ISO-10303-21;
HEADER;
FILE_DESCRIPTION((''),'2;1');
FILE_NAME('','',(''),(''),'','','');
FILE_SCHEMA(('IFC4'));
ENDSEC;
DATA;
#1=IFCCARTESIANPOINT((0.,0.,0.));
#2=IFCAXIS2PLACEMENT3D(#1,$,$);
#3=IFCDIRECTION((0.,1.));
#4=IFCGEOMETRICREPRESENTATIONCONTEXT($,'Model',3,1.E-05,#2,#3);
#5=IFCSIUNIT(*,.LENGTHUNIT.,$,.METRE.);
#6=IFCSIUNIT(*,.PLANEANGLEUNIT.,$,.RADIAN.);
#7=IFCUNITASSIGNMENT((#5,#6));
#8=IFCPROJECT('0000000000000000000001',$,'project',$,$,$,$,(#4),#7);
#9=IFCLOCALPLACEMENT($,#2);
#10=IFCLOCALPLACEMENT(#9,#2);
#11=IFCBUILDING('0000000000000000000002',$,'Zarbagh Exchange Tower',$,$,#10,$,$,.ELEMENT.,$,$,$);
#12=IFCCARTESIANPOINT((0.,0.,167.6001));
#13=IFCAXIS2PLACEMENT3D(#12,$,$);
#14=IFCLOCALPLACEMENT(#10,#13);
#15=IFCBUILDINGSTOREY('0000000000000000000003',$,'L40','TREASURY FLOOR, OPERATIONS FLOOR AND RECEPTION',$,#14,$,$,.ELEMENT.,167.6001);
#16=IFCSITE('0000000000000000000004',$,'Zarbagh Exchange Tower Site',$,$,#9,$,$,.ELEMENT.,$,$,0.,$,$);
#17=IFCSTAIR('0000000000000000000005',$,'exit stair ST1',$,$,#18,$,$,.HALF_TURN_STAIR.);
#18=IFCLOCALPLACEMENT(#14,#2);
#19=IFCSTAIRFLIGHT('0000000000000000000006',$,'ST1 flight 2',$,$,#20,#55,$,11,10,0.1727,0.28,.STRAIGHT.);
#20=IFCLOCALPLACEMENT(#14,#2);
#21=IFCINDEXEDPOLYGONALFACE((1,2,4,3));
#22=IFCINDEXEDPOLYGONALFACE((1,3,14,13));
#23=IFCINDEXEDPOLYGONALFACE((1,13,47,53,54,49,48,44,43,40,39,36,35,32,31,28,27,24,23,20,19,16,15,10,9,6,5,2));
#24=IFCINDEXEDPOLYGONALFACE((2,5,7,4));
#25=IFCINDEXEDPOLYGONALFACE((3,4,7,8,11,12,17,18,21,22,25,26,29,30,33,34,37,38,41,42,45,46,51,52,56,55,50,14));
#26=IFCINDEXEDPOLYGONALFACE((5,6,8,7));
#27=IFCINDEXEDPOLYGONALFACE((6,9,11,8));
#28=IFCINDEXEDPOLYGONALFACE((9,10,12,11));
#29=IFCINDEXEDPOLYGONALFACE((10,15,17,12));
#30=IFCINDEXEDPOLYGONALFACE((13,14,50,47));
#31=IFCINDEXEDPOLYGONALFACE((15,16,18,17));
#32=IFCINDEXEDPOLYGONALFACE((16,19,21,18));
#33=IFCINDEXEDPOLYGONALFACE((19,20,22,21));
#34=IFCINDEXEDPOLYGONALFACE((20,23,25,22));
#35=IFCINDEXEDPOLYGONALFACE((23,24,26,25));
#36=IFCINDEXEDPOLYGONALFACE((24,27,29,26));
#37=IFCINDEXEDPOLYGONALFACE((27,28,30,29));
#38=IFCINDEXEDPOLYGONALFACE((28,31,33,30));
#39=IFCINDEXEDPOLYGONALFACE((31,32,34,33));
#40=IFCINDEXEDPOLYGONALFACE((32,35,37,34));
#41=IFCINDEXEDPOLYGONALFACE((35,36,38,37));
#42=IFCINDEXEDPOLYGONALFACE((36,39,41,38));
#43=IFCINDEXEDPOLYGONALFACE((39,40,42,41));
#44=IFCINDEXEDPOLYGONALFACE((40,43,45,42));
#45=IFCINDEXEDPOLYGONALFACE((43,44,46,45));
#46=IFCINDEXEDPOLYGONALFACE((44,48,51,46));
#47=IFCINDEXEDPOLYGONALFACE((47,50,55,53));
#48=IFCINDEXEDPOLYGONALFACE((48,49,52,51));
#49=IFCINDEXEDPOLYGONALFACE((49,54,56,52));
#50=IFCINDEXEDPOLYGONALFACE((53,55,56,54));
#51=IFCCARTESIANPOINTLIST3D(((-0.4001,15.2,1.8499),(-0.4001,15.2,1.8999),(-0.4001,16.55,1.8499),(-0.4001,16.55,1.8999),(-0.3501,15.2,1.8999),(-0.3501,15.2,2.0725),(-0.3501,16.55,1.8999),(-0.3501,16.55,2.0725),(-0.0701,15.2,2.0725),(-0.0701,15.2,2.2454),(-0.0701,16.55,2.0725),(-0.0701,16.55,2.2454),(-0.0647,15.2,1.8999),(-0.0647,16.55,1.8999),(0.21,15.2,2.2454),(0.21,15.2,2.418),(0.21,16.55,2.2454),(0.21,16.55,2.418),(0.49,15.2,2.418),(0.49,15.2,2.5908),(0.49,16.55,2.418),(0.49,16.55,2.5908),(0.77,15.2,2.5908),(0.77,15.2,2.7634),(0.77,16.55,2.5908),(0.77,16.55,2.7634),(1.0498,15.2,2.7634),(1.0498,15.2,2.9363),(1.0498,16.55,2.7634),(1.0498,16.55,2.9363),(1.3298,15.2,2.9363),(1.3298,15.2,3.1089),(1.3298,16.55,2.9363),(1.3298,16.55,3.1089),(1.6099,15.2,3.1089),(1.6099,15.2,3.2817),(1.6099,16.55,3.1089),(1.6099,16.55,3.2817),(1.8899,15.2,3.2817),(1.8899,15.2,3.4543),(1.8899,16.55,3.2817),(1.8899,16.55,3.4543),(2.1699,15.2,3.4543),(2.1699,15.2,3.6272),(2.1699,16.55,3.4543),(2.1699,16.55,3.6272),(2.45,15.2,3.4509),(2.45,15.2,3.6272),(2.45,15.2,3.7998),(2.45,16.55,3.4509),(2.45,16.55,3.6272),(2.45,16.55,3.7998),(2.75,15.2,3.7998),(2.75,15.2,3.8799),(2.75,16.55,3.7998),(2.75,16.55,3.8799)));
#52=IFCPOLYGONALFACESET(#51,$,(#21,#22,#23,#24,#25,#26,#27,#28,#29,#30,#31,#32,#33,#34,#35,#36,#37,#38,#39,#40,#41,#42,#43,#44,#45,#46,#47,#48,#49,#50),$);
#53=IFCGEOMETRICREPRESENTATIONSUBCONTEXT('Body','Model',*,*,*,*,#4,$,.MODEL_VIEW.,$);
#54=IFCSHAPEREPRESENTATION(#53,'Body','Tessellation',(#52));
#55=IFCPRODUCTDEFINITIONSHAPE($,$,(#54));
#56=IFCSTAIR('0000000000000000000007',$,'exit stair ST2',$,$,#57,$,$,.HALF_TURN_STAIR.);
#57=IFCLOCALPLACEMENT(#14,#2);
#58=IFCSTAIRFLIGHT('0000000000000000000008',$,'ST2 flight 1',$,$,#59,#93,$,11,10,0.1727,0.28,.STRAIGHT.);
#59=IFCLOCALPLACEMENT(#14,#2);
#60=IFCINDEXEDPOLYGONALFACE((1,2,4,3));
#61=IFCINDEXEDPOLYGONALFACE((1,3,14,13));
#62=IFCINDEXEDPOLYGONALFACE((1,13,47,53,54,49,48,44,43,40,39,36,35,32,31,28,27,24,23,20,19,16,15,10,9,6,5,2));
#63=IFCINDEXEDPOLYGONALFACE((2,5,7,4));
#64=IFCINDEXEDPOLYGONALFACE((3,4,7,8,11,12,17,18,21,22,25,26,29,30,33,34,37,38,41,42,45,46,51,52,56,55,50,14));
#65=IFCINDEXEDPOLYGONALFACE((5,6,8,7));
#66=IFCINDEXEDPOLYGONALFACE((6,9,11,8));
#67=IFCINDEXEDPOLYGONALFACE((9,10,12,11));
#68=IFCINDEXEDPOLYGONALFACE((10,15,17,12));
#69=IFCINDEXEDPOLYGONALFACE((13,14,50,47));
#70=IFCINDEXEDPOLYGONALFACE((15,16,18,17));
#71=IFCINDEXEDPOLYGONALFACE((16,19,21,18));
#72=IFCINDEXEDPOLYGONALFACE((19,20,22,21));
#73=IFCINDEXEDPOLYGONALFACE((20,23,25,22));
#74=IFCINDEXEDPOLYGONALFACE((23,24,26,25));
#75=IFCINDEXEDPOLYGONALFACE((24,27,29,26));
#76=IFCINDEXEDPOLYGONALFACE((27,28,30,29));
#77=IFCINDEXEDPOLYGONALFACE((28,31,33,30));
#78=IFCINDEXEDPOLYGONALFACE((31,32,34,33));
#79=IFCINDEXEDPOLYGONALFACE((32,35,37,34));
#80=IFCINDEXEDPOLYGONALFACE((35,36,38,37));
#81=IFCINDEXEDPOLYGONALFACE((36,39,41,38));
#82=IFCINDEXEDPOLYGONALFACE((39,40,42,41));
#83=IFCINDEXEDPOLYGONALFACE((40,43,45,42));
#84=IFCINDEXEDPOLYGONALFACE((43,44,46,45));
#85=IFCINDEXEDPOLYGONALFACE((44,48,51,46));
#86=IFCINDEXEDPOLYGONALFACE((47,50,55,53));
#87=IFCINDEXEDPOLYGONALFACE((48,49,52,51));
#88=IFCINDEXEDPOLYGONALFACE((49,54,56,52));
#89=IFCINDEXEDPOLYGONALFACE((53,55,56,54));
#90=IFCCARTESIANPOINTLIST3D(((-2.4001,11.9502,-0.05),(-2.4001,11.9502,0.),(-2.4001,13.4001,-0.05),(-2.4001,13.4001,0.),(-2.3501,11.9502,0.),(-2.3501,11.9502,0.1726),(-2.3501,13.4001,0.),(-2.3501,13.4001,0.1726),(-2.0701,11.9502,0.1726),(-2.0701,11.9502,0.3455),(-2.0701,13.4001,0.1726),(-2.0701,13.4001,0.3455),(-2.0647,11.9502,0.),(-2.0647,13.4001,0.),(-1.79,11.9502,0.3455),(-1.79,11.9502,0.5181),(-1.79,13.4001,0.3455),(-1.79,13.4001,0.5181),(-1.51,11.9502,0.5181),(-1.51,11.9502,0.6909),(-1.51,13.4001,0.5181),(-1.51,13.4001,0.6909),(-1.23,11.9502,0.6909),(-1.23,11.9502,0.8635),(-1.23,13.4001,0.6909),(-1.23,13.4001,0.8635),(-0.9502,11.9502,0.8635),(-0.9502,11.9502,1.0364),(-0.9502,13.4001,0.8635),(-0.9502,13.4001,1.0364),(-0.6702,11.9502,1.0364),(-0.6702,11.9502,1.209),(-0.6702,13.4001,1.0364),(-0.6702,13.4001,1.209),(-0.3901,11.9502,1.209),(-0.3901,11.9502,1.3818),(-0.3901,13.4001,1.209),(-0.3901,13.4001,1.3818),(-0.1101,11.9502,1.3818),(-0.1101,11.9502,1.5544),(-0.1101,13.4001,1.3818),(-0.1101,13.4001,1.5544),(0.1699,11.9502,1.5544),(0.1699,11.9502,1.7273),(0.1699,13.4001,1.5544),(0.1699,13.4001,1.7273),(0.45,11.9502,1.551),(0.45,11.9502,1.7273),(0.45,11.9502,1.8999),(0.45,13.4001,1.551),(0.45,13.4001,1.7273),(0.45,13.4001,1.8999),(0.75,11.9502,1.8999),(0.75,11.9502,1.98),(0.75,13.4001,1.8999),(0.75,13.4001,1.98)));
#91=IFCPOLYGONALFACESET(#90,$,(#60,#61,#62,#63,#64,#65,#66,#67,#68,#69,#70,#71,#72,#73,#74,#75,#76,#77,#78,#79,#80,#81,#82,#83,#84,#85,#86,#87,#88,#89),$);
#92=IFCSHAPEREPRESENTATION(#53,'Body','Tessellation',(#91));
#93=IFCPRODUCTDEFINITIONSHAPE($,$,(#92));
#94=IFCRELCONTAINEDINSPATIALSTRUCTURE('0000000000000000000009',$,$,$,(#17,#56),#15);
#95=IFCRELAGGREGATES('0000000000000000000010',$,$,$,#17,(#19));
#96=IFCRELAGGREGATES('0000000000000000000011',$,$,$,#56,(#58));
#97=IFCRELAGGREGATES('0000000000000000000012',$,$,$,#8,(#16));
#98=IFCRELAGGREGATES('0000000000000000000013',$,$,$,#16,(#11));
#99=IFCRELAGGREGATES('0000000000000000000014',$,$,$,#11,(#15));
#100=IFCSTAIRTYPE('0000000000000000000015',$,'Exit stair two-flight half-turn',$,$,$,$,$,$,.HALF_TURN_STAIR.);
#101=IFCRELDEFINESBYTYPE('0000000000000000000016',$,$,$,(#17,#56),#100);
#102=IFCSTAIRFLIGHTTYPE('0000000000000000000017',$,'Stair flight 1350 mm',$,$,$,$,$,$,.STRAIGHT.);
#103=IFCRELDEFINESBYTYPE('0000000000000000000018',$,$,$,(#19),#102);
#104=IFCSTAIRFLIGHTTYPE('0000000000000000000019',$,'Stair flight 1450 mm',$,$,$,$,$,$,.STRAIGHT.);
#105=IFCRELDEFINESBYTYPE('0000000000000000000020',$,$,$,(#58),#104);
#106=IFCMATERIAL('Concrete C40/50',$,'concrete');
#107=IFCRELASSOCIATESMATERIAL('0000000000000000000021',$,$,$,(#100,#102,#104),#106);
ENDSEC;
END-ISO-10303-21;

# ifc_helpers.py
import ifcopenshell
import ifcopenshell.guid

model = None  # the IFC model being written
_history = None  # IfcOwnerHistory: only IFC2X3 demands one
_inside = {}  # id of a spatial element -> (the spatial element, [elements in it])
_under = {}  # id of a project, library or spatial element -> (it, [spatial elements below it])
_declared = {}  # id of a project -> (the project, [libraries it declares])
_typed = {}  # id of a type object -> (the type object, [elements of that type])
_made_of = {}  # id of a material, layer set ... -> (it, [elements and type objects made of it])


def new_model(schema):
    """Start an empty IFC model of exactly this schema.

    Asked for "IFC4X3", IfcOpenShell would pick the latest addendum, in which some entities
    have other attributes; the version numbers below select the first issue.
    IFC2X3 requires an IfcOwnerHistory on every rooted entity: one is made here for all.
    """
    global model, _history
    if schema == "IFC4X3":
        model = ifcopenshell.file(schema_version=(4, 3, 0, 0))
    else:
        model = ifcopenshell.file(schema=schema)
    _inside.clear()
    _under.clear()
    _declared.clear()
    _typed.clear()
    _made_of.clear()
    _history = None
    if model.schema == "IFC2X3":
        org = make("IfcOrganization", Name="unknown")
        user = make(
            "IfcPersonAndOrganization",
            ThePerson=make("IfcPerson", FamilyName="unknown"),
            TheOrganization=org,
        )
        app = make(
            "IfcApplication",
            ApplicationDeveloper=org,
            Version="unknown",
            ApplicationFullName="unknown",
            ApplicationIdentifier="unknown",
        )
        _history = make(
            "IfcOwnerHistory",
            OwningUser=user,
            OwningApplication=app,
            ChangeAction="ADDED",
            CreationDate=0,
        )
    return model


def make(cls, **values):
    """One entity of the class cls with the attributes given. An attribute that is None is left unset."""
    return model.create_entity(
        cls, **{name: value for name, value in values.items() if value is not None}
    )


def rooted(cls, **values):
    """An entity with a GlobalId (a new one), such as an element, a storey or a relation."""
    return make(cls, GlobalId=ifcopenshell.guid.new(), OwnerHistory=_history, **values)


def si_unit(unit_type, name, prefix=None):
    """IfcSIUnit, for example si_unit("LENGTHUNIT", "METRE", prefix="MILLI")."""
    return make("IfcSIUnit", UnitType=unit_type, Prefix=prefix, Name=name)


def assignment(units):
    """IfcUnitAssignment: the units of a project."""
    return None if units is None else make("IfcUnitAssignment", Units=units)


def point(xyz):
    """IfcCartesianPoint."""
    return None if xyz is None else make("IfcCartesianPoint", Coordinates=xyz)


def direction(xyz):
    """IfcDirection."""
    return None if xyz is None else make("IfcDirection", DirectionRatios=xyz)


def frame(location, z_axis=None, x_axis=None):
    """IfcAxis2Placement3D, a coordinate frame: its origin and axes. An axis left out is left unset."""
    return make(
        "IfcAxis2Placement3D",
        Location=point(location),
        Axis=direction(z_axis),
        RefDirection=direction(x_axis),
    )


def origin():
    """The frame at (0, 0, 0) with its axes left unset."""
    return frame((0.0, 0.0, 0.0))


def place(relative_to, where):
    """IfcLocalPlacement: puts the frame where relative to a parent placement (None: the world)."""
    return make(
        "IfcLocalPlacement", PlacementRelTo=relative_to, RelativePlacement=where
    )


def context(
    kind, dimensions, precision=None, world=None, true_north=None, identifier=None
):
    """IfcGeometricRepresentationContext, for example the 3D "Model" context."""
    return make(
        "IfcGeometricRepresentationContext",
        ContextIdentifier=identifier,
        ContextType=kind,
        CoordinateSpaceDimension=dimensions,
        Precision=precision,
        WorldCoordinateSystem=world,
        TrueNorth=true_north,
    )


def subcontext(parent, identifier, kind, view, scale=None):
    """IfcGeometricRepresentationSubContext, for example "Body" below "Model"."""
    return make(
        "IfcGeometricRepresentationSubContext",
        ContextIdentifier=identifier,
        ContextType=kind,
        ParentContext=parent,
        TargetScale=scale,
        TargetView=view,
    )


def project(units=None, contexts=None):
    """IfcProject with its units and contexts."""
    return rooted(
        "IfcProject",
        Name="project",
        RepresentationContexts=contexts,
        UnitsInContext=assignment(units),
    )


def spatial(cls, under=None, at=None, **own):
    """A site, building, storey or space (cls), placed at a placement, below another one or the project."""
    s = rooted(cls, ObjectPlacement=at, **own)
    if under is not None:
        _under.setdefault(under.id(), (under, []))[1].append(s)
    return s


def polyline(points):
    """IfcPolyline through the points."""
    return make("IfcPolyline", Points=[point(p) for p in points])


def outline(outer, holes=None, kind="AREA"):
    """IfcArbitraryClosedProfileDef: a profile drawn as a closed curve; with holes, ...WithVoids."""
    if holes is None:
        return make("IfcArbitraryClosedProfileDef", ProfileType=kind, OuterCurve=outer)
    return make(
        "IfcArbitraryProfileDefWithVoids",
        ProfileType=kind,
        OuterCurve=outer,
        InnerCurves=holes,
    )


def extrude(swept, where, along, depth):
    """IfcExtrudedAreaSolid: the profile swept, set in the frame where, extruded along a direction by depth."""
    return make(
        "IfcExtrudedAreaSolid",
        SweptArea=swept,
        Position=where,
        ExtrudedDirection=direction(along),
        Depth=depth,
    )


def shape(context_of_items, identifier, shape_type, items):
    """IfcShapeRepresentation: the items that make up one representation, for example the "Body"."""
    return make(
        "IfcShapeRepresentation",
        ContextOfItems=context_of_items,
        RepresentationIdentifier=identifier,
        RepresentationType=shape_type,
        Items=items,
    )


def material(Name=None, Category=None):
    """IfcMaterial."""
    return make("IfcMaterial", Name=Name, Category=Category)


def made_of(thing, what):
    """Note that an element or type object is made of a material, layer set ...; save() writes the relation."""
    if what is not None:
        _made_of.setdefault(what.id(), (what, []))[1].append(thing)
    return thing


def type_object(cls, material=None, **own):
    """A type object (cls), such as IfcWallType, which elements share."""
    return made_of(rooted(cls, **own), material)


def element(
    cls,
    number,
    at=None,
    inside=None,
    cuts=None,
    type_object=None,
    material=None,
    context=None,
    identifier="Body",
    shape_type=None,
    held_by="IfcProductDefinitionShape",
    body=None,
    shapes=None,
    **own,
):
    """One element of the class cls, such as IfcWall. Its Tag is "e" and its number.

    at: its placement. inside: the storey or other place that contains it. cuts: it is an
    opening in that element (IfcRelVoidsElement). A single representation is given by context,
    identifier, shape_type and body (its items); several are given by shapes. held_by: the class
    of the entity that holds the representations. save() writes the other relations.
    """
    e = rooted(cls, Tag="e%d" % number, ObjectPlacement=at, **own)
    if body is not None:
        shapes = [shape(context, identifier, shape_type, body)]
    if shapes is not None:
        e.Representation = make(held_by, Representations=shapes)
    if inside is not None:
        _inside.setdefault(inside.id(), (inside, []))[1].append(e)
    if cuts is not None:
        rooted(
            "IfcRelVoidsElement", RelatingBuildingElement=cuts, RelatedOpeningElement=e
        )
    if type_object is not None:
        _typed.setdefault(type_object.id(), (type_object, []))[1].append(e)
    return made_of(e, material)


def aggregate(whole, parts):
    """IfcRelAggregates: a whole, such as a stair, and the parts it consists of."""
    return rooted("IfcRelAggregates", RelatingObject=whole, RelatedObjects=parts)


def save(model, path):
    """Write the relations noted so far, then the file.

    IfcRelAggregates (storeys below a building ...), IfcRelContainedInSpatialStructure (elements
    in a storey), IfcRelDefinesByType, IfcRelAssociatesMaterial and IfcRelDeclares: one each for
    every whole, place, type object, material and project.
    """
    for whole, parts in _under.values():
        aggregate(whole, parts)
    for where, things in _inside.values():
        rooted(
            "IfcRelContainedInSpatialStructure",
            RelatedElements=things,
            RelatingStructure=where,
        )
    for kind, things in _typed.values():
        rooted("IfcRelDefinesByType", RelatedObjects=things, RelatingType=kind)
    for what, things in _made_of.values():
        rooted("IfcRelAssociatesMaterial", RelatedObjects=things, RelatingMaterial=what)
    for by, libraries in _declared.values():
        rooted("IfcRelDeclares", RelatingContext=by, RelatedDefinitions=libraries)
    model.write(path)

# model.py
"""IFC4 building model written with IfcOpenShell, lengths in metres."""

from ifc_helpers import new_model, si_unit, direction, frame, origin, place, context, subcontext, project, spatial, polyline, outline, extrude, material, type_object, element, aggregate, save


model = new_model("IFC4")

# Units and contexts
model_context = context("Model", 3, precision=1e-05, world=origin(), true_north=direction((0.0, 1.0)))
body_context = subcontext(model_context, "Body", "Model", "MODEL_VIEW")
ifc_project = project(units=[si_unit("LENGTHUNIT", "METRE"), si_unit("PLANEANGLEUNIT", "RADIAN")], contexts=[model_context])

# Site, building, storey
site_placement = place(None, origin())
site = spatial("IfcSite", under=ifc_project, at=site_placement, Name="Zarbagh Exchange Tower Site", CompositionType="ELEMENT", RefElevation=0.0)
building_placement = place(site_placement, origin())
building = spatial("IfcBuilding", under=site, at=building_placement, Name="Zarbagh Exchange Tower", CompositionType="ELEMENT")
storey_placement = place(building_placement, frame((0.0, 0.0, 167.6001)))
storey = spatial("IfcBuildingStorey", under=building, at=storey_placement, Name="L40", Description="TREASURY FLOOR, OPERATIONS FLOOR AND RECEPTION", CompositionType="ELEMENT", Elevation=167.6001)

# Stairs, stair flights
ifc_material_1 = material(Name="Concrete C40/50", Category="concrete")
stair_type = type_object("IfcStairType", Name="Exit stair two-flight half-turn", PredefinedType="HALF_TURN_STAIR", material=ifc_material_1)
stair_1_placement = place(storey_placement, origin())
stair_1 = element("IfcStair", 1, at=stair_1_placement, inside=storey, type_object=stair_type, Name="exit stair ST1", PredefinedType="HALF_TURN_STAIR")
stair_flight_type_1 = type_object("IfcStairFlightType", Name="Stair flight 1350 mm", PredefinedType="STRAIGHT", material=ifc_material_1)
stair_flight_1_placement = place(storey_placement, frame((-0.3501, 15.875, 1.8999), z_axis=(0.0, 0.0, 1.0), x_axis=(1.0, 0.0, 0.0)))
stair_flight_1 = element("IfcStairFlight", 2, at=stair_flight_1_placement, type_object=stair_flight_type_1, Name="ST1 flight 2", NumberOfRisers=11, NumberOfTreads=10, PredefinedType="STRAIGHT", RiserHeight=0.1727, TreadLength=0.28, context=body_context, shape_type="SweptSolid", body=[
    extrude(outline(polyline([(-0.05, -0.05), (-0.05, 0.0), (0.0, 0.0), (0.0, 0.1726), (0.28, 0.1726), (0.28, 0.3455), (0.5601, 0.3455), (0.5601, 0.5181), (0.8401, 0.5181), (0.8401, 0.6909), (1.1201, 0.6909), (1.1201, 0.8635), (1.3999, 0.8635), (1.3999, 1.0364), (1.6799, 1.0364), (1.6799, 1.209), (1.96, 1.209), (1.96, 1.3818), (2.24, 1.3818), (2.24, 1.5544), (2.52, 1.5544), (2.52, 1.7273), (2.8, 1.7273), (2.8, 1.8999), (3.1001, 1.98), (3.1001, 1.8999), (2.8, 1.551), (0.2854, 0.0), (-0.05, -0.05)])), frame((0.0, 0.675, 0.0), z_axis=(0.0, -1.0, 0.0), x_axis=(1.0, 0.0, 0.0)), (0.0, 0.0, 1.0), 1.3501),
])
aggregate(stair_1, [stair_flight_1])
stair_2_placement = place(storey_placement, origin())
stair_2 = element("IfcStair", 3, at=stair_2_placement, inside=storey, type_object=stair_type, Name="exit stair ST2", PredefinedType="HALF_TURN_STAIR")
stair_flight_type_2 = type_object("IfcStairFlightType", Name="Stair flight 1450 mm", PredefinedType="STRAIGHT", material=ifc_material_1)
stair_flight_2_placement = place(storey_placement, frame((-2.3501, 12.675, 0.0), z_axis=(0.0, 0.0, 1.0), x_axis=(1.0, 0.0, 0.0)))
stair_flight_2 = element("IfcStairFlight", 4, at=stair_flight_2_placement, type_object=stair_flight_type_2, Name="ST2 flight 1", NumberOfRisers=11, NumberOfTreads=10, PredefinedType="STRAIGHT", RiserHeight=0.1727, TreadLength=0.28, context=body_context, shape_type="SweptSolid", body=[
    extrude(outline(polyline([(-0.05, -0.05), (-0.05, 0.0), (0.0, 0.0), (0.0, 0.1726), (0.28, 0.1726), (0.28, 0.3455), (0.5601, 0.3455), (0.5601, 0.5181), (0.8401, 0.5181), (0.8401, 0.6909), (1.1201, 0.6909), (1.1201, 0.8635), (1.3999, 0.8635), (1.3999, 1.0364), (1.6799, 1.0364), (1.6799, 1.209), (1.96, 1.209), (1.96, 1.3818), (2.24, 1.3818), (2.24, 1.5544), (2.52, 1.5544), (2.52, 1.7273), (2.8, 1.7273), (2.8, 1.8999), (3.1001, 1.98), (3.1001, 1.8999), (2.8, 1.551), (0.2854, 0.0), (-0.05, -0.05)])), frame((0.0, 0.7251, 0.0), z_axis=(0.0, -1.0, 0.0), x_axis=(1.0, 0.0, 0.0)), (0.0, 0.0, 1.0), 1.45),
])
aggregate(stair_2, [stair_flight_2])

save(model, "model.ifc")
